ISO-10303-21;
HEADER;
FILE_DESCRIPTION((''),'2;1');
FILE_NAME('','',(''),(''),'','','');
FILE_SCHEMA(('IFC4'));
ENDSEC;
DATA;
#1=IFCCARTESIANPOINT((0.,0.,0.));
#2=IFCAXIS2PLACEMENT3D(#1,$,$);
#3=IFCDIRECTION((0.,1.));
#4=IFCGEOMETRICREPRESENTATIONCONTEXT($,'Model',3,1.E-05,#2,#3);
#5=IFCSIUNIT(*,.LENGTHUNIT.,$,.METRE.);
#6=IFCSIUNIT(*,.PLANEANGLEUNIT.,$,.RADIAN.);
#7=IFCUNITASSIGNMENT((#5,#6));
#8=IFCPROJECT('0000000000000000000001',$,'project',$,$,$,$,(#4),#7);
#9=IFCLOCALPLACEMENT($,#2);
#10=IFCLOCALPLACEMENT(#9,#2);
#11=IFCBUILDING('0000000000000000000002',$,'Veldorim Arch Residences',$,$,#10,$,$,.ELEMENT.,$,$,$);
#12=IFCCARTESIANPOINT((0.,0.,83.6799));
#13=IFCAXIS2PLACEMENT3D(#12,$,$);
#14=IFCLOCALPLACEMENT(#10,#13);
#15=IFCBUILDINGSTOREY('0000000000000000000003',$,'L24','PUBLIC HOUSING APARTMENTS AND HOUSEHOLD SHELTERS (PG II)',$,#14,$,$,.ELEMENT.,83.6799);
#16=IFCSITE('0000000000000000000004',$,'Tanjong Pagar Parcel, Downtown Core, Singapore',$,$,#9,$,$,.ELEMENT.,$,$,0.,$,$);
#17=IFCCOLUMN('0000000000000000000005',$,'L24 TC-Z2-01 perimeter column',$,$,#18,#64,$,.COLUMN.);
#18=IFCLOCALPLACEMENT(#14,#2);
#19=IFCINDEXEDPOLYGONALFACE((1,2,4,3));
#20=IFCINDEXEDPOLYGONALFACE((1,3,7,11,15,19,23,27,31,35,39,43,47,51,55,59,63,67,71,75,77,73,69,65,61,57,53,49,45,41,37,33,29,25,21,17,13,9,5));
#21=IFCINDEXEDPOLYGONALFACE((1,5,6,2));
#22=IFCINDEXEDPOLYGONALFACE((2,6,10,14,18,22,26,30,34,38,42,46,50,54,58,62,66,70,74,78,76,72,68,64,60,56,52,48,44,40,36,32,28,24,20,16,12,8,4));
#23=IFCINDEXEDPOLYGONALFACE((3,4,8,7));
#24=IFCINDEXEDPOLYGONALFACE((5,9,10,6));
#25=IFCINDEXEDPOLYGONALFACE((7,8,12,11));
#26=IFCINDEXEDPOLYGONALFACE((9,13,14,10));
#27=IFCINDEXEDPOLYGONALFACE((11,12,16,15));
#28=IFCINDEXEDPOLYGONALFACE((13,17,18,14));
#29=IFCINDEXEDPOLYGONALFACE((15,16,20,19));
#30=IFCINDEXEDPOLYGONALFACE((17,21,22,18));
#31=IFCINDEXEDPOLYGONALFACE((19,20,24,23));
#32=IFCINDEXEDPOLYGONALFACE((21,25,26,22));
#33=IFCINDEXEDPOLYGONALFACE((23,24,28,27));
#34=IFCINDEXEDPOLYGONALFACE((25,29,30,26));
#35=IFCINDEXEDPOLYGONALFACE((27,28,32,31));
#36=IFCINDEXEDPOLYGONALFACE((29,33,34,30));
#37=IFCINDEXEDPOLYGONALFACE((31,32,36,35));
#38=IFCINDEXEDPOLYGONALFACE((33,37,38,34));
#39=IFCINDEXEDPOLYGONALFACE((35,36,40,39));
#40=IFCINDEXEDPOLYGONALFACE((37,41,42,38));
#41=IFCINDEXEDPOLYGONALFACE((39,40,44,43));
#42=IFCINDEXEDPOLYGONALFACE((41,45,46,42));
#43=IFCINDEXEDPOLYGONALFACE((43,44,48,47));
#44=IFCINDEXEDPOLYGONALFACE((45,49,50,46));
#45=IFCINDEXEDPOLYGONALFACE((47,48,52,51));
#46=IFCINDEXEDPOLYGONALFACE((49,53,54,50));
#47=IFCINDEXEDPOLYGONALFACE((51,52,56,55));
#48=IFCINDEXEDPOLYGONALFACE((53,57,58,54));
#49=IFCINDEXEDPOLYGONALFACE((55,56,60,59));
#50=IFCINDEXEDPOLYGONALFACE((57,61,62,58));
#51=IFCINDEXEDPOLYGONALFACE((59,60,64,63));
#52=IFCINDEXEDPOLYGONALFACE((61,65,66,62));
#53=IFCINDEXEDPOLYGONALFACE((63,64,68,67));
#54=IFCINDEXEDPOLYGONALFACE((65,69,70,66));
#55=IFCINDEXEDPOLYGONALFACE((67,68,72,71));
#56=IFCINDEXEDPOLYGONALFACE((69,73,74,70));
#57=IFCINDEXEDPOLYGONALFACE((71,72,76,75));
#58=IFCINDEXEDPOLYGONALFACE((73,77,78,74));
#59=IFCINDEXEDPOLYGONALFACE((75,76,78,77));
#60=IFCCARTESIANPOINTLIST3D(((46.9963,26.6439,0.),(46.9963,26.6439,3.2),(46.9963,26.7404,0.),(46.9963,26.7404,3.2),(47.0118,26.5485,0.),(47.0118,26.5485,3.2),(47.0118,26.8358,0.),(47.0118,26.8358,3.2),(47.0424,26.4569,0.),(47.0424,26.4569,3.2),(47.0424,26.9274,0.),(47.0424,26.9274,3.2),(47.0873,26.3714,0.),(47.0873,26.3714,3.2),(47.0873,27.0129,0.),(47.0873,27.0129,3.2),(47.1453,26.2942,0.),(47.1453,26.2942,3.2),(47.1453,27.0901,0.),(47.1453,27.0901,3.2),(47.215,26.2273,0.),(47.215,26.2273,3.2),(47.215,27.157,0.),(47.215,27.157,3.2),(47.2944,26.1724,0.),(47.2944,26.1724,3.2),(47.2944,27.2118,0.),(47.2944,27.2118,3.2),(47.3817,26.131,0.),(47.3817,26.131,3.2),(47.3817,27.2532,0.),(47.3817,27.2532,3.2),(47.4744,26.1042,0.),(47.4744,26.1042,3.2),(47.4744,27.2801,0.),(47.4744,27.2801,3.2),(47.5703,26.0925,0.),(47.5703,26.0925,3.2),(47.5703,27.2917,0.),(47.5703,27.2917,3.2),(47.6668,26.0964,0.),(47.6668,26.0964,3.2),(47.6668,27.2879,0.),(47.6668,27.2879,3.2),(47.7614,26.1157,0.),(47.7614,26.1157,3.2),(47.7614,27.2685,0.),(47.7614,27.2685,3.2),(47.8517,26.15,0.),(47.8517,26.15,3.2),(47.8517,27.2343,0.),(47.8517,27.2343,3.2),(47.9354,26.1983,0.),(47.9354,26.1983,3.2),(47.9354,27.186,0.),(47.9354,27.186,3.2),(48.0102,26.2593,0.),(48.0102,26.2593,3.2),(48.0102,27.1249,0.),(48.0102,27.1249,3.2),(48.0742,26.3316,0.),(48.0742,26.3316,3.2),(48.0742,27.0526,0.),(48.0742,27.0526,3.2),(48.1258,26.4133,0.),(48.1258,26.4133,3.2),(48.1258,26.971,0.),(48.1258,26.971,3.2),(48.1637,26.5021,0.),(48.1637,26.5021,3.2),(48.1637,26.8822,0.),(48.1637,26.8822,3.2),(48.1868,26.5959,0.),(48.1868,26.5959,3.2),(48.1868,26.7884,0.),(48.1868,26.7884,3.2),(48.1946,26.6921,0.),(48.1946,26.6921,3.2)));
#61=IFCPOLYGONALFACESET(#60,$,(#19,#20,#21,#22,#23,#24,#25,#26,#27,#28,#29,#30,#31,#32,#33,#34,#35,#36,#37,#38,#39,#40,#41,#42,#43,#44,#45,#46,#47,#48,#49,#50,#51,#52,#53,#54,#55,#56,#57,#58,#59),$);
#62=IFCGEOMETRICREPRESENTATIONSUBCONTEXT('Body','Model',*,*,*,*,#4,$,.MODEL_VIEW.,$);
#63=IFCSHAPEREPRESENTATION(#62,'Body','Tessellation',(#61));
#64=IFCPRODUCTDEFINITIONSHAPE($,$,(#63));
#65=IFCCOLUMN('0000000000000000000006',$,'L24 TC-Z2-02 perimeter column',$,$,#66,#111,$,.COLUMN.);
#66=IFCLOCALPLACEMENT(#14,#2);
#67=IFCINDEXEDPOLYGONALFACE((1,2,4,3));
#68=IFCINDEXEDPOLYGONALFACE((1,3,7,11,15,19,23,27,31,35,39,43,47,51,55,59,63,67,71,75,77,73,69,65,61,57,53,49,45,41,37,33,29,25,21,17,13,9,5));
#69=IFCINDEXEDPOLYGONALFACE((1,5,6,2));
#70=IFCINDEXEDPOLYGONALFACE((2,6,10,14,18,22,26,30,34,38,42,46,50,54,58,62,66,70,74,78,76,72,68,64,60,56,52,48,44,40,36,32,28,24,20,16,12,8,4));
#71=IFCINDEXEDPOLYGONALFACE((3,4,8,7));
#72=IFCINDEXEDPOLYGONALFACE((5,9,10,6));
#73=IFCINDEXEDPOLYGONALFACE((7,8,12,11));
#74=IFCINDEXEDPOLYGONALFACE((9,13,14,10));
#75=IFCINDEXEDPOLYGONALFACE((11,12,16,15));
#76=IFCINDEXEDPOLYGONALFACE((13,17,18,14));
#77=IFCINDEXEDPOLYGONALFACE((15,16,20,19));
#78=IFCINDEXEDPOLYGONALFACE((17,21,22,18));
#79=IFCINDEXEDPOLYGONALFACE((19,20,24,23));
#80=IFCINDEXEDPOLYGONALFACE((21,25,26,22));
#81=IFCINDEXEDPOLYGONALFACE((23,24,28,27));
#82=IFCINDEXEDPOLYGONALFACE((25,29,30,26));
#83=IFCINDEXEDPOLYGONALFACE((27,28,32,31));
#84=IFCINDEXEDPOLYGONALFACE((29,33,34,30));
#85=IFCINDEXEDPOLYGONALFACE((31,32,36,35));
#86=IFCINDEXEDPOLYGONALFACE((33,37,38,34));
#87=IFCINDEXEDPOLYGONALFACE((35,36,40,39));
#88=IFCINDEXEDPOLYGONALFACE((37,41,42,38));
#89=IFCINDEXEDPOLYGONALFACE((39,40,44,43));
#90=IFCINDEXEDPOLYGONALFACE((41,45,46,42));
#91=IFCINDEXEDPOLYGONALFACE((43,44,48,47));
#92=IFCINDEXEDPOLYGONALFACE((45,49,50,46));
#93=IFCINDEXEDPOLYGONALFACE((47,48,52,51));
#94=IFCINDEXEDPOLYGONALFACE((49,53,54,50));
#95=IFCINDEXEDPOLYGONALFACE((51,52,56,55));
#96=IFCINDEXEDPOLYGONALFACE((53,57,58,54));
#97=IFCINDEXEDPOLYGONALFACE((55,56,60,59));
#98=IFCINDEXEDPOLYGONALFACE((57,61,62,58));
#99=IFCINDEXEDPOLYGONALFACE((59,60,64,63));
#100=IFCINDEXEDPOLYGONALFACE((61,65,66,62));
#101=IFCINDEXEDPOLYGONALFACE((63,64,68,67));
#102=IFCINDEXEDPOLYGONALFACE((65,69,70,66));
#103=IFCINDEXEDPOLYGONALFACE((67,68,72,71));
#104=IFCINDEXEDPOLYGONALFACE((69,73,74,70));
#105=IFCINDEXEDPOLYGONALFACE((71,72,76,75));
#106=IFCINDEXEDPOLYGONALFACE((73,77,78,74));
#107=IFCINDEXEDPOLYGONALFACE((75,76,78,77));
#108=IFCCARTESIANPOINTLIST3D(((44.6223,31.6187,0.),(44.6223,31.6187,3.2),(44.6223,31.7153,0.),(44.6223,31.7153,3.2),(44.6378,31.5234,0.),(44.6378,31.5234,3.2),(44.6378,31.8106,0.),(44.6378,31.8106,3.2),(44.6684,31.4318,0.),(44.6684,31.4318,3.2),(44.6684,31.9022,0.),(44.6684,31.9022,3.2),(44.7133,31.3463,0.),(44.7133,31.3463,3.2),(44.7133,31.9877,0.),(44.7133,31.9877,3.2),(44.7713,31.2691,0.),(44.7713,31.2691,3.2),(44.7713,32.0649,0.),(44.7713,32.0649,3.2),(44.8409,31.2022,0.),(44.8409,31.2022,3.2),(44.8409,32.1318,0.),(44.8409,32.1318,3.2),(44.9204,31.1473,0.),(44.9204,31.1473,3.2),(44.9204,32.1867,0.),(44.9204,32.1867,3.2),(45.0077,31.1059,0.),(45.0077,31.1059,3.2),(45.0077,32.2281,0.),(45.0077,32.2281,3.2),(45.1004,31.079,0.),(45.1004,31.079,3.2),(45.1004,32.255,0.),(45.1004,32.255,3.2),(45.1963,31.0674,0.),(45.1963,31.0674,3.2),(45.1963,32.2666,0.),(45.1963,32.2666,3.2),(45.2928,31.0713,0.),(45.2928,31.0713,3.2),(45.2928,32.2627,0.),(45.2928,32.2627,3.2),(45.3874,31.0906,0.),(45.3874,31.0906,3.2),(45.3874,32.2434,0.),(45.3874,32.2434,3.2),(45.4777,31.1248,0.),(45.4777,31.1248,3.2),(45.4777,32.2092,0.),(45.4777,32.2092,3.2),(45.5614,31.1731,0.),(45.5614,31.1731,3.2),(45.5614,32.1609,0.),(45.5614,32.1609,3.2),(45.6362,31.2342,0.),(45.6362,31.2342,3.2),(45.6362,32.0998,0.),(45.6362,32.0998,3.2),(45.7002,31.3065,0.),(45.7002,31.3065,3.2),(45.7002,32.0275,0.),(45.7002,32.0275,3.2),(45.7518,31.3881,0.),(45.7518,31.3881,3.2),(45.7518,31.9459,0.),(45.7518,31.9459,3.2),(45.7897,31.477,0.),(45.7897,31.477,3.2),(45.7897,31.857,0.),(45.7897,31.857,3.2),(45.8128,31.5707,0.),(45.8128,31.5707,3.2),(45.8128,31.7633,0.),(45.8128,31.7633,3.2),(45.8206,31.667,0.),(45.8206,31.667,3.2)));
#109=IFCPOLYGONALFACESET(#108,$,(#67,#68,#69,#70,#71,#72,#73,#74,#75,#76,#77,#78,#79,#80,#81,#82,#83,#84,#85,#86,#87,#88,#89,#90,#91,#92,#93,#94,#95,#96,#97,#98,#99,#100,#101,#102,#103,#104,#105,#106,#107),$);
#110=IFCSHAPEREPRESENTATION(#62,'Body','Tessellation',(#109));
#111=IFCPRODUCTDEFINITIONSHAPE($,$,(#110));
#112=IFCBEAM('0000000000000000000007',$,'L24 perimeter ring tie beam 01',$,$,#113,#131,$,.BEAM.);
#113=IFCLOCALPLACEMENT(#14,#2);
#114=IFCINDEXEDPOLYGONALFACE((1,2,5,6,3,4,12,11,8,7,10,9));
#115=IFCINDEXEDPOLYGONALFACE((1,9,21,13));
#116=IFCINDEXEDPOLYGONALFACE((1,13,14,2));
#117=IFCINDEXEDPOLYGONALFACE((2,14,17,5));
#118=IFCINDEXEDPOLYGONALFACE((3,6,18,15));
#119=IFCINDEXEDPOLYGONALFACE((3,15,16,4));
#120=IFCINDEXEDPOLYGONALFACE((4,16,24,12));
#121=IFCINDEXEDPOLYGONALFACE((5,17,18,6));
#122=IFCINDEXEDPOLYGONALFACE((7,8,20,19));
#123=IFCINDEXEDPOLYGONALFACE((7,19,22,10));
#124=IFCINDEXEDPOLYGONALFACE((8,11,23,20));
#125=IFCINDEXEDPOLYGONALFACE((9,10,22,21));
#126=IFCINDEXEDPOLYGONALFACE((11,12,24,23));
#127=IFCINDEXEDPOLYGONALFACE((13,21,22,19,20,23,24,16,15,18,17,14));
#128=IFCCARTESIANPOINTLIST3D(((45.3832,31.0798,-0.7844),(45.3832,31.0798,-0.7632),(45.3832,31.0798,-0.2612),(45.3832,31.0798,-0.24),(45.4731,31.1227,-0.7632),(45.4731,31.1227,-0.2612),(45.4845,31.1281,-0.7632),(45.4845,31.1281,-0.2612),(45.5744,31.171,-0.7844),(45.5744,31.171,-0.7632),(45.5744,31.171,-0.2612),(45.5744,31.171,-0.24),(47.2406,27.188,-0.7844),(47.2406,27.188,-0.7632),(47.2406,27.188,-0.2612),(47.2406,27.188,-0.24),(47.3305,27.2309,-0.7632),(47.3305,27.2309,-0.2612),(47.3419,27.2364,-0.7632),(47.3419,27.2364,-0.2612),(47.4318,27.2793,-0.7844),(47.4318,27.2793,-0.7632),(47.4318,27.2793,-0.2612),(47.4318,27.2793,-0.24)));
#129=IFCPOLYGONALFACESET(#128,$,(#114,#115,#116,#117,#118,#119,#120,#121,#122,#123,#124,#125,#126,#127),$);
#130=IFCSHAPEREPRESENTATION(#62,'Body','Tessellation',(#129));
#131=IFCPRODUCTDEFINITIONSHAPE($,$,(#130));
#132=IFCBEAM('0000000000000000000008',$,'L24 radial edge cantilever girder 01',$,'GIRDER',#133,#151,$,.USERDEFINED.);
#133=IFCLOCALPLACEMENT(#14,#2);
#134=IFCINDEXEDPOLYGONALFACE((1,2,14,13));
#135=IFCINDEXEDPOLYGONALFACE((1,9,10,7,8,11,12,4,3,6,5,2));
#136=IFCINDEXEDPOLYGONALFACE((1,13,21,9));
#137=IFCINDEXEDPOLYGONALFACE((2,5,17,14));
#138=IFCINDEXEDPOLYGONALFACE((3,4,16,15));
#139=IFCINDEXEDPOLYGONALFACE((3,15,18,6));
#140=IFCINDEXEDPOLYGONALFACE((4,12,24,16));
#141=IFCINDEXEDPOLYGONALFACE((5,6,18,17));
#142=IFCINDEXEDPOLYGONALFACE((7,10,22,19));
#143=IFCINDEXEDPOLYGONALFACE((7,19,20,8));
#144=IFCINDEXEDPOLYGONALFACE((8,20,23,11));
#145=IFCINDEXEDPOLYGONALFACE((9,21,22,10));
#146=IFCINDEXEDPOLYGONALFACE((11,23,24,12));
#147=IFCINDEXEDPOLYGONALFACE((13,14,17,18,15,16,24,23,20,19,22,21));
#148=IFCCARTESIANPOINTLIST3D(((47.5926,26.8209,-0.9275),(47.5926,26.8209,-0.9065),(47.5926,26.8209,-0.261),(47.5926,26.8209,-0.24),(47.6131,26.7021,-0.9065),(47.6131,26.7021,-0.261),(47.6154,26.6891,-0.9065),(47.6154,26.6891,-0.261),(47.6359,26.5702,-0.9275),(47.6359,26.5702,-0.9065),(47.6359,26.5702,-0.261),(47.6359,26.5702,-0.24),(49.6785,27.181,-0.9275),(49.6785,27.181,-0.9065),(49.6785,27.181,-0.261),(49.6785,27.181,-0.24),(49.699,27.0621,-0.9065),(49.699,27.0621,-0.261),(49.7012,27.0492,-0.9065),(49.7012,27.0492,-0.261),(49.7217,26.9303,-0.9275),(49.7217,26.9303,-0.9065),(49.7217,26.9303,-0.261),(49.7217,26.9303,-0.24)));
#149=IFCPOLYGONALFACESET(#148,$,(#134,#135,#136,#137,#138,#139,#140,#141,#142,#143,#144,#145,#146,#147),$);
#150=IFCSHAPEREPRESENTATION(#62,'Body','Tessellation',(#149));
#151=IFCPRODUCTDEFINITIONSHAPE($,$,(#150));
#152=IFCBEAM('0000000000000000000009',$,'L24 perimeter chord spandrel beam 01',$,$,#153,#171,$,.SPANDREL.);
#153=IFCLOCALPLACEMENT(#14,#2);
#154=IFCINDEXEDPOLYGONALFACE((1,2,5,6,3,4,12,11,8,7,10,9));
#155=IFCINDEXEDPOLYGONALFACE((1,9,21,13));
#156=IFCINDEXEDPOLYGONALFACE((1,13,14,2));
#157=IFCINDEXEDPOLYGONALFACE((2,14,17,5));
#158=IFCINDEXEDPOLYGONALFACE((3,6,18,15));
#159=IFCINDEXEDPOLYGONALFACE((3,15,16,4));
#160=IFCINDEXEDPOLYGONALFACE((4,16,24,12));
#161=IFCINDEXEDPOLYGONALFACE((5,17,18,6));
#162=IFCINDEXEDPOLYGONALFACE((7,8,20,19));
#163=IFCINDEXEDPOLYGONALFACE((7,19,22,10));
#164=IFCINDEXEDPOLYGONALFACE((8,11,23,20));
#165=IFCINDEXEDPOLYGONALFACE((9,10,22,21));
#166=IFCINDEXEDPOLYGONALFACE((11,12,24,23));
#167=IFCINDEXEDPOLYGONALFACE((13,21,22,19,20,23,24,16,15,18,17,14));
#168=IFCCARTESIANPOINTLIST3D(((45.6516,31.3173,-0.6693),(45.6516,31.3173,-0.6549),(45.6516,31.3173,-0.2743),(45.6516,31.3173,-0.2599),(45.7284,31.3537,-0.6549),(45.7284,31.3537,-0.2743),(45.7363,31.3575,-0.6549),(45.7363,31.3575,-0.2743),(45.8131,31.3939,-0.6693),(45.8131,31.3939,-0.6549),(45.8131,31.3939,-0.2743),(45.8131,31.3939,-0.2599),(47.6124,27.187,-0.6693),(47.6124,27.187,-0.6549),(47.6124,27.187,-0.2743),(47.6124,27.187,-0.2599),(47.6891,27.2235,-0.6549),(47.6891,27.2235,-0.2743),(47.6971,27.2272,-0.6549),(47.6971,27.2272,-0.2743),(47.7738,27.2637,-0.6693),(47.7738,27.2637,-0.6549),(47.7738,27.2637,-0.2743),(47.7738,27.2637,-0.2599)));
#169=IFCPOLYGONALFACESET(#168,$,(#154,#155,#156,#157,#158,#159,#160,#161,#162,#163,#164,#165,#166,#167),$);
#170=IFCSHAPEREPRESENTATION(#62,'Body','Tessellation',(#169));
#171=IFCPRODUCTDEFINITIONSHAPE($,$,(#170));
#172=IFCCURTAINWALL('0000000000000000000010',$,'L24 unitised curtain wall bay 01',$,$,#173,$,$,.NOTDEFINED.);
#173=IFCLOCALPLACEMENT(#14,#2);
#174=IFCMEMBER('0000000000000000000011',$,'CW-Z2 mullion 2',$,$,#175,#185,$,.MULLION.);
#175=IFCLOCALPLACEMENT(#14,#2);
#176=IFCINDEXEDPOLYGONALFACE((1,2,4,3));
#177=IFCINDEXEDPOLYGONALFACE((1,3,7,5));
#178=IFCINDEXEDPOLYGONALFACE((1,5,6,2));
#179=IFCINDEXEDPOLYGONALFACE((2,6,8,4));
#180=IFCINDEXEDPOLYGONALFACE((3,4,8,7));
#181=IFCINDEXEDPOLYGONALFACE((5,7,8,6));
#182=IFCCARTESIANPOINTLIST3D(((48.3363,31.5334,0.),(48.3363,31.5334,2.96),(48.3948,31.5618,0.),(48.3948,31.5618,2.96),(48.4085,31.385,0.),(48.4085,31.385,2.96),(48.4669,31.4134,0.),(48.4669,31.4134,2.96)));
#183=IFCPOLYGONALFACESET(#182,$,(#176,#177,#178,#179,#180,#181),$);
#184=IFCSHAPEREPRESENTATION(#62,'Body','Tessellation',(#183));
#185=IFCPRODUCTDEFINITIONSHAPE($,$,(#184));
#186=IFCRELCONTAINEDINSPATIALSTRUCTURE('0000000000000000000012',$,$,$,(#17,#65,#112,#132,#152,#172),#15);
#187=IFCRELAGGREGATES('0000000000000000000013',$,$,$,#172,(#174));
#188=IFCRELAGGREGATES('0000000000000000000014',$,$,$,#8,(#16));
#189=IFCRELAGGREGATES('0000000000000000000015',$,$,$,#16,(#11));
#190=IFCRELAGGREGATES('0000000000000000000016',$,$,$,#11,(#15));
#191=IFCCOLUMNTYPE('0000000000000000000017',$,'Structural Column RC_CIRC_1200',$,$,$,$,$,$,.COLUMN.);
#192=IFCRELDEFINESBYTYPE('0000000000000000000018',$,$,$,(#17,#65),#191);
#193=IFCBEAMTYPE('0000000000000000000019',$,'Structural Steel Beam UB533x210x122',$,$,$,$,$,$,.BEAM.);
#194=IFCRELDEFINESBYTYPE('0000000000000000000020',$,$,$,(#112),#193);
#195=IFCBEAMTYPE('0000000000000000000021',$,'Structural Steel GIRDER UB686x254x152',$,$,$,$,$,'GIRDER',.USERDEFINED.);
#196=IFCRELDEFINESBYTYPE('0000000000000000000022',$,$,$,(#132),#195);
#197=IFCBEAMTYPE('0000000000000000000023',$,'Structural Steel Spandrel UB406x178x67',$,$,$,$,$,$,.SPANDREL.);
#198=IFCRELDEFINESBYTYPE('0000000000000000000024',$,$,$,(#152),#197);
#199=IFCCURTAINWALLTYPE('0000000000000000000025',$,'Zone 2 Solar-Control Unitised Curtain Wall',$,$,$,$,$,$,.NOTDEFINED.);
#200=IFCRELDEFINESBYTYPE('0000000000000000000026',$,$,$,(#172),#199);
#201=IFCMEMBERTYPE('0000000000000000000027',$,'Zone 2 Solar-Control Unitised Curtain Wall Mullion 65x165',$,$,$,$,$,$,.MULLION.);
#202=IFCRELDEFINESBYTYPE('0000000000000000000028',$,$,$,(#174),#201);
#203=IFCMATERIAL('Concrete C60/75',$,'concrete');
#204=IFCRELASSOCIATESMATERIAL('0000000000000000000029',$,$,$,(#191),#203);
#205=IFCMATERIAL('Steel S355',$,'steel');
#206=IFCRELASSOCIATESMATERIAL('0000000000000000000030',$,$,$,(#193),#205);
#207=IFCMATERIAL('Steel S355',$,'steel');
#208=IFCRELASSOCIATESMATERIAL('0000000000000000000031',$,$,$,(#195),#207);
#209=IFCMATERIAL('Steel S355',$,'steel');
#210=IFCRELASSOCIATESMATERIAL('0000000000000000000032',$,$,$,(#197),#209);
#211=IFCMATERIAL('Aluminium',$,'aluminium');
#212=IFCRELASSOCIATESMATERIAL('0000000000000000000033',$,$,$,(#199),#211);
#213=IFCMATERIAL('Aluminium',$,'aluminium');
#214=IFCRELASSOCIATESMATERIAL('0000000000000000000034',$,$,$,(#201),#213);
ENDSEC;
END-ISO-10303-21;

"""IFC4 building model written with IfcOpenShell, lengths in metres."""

from ifc_helpers import new_model, si_unit, direction, frame, origin, origin_2d, place, context, subcontext, project, spatial, rectangle, circle, i_section, extrude, material, material_profile, profile_set, type_object, element, aggregate, save


model = new_model("IFC4")

# Units and contexts
model_context = context("Model", 3, precision=1e-05, world=origin(), true_north=direction((0.0, 1.0)))
body_context = subcontext(model_context, "Body", "Model", "MODEL_VIEW")
ifc_project = project(units=[si_unit("LENGTHUNIT", "METRE"), si_unit("PLANEANGLEUNIT", "RADIAN")], contexts=[model_context])

# Site, building, storey
site_placement = place(None, origin())
site = spatial("IfcSite", under=ifc_project, at=site_placement, Name="Tanjong Pagar Parcel, Downtown Core, Singapore", CompositionType="ELEMENT", RefElevation=0.0)
building_placement = place(site_placement, origin())
building = spatial("IfcBuilding", under=site, at=building_placement, Name="Veldorim Arch Residences", CompositionType="ELEMENT")
storey_placement = place(building_placement, frame((0.0, 0.0, 83.6799)))
storey = spatial("IfcBuildingStorey", under=building, at=storey_placement, Name="L24", Description="PUBLIC HOUSING APARTMENTS AND HOUSEHOLD SHELTERS (PG II)", CompositionType="ELEMENT", Elevation=83.6799)

# Columns
ifc_material_1 = material(Name="Concrete C60/75", Category="concrete")
ifc_material_profile_1 = material_profile(ifc_material_1, circle(Radius=0.6001, at=origin_2d()), Name="RC_CIRC_1200")
ifc_profile_set_1 = profile_set([ifc_material_profile_1], Name="Concrete C60/75")
column_type = type_object("IfcColumnType", Name="Structural Column RC_CIRC_1200", PredefinedType="COLUMN", material=ifc_profile_set_1)
for number, where, z_axis, x_axis, name in (
    (1, (47.5945, 26.6921, 0.0), (0.0, 0.0, 1.0), (1.0, 0.0, 0.0), "L24 TC-Z2-01 perimeter column"),
    (2, (45.2205, 31.667, 0.0), (0.0, 0.0, 1.0), (1.0, 0.0, 0.0), "L24 TC-Z2-02 perimeter column"),
):
    element("IfcColumn", number, at=place(storey_placement, frame(where, z_axis=z_axis, x_axis=x_axis)), inside=storey, type_object=column_type, Name=name, PredefinedType="COLUMN", context=body_context, shape_type="SweptSolid", body=[
        extrude(circle(Radius=0.6001, at=origin_2d()), origin(), (0.0, 0.0, 1.0), 3.2),
    ])

# Beams
ifc_material_2 = material(Name="Steel S355", Category="steel")
ifc_material_profile_2 = material_profile(ifc_material_2, i_section(OverallWidth=0.2119, OverallDepth=0.5444, WebThickness=0.0127, FlangeThickness=0.0212, at=origin_2d()), Name="UB533x210x122")
ifc_profile_set_2 = profile_set([ifc_material_profile_2], Name="Steel S355")
beam_type_1 = type_object("IfcBeamType", Name="Structural Steel Beam UB533x210x122", PredefinedType="BEAM", material=ifc_profile_set_2)
beam_1_placement = place(storey_placement, frame((47.3362, 27.2336, -0.5122), z_axis=(-0.43072, 0.902486, 0.0), x_axis=(-0.902486, -0.43072, 0.0)))
element("IfcBeam", 3, at=beam_1_placement, inside=storey, type_object=beam_type_1, Name="L24 perimeter ring tie beam 01", PredefinedType="BEAM", context=body_context, shape_type="SweptSolid", body=[
    extrude(i_section(OverallWidth=0.2119, OverallDepth=0.5444, WebThickness=0.0127, FlangeThickness=0.0212, at=origin_2d()), origin(), (0.0, 0.0, 1.0), 4.3123),
])
ifc_material_3 = material(Name="Steel S355", Category="steel")
ifc_material_profile_3 = material_profile(ifc_material_3, i_section(OverallWidth=0.2544, OverallDepth=0.6875, WebThickness=0.0132, FlangeThickness=0.021, at=origin_2d()), Name="UB686x254x152")
ifc_profile_set_3 = profile_set([ifc_material_profile_3], Name="Steel S355")
beam_type_2 = type_object("IfcBeamType", Name="Structural Steel GIRDER UB686x254x152", ElementType="GIRDER", PredefinedType="USERDEFINED", material=ifc_profile_set_3)
beam_2_placement = place(storey_placement, frame((47.6143, 26.6956, -0.5837), z_axis=(0.985423, 0.170119, 0.0), x_axis=(-0.170119, 0.985423, 0.0)))
element("IfcBeam", 4, at=beam_2_placement, inside=storey, type_object=beam_type_2, Name="L24 radial edge cantilever girder 01", ObjectType="GIRDER", PredefinedType="USERDEFINED", context=body_context, shape_type="SweptSolid", body=[
    extrude(i_section(OverallWidth=0.2544, OverallDepth=0.6875, WebThickness=0.0132, FlangeThickness=0.021, at=origin_2d()), origin(), (0.0, 0.0, 1.0), 2.1167),
])
ifc_material_4 = material(Name="Steel S355", Category="steel")
ifc_material_profile_4 = material_profile(ifc_material_4, i_section(OverallWidth=0.1787, OverallDepth=0.4094, WebThickness=0.0088, FlangeThickness=0.0144, at=origin_2d()), Name="UB406x178x67")
ifc_profile_set_4 = profile_set([ifc_material_profile_4], Name="Steel S355")
beam_type_3 = type_object("IfcBeamType", Name="Structural Steel Spandrel UB406x178x67", PredefinedType="SPANDREL", material=ifc_profile_set_4)
beam_3_placement = place(storey_placement, frame((47.6931, 27.2253, -0.4646), z_axis=(-0.428857, 0.903372, 0.0), x_axis=(-0.903372, -0.428857, 0.0)))
element("IfcBeam", 5, at=beam_3_placement, inside=storey, type_object=beam_type_3, Name="L24 perimeter chord spandrel beam 01", PredefinedType="SPANDREL", context=body_context, shape_type="SweptSolid", body=[
    extrude(i_section(OverallWidth=0.1787, OverallDepth=0.4094, WebThickness=0.0088, FlangeThickness=0.0144, at=origin_2d()), origin(), (0.0, 0.0, 1.0), 4.572),
])

# Curtain wall, member
ifc_material_5 = material(Name="Aluminium", Category="aluminium")
curtain_wall_type = type_object("IfcCurtainWallType", Name="Zone 2 Solar-Control Unitised Curtain Wall", PredefinedType="NOTDEFINED", material=ifc_material_5)
curtain_wall_1_placement = place(storey_placement, origin())
curtain_wall_1 = element("IfcCurtainWall", 6, at=curtain_wall_1_placement, inside=storey, type_object=curtain_wall_type, Name="L24 unitised curtain wall bay 01", PredefinedType="NOTDEFINED")
ifc_material_6 = material(Name="Aluminium", Category="aluminium")
ifc_material_profile_5 = material_profile(ifc_material_6, rectangle(XDim=0.0649, YDim=0.165, at=origin_2d()), Name="ALU_MUL_65x165")
ifc_profile_set_5 = profile_set([ifc_material_profile_5], Name="Aluminium")
member_type_1 = type_object("IfcMemberType", Name="Zone 2 Solar-Control Unitised Curtain Wall Mullion 65x165", PredefinedType="MULLION", material=ifc_profile_set_5)
member_1_placement = place(storey_placement, frame((48.4016, 31.4734, 0.0), z_axis=(0.0, 0.0, 1.0), x_axis=(0.899439, 0.437046, 0.0)))
member_1 = element("IfcMember", 7, at=member_1_placement, type_object=member_type_1, Name="CW-Z2 mullion 2", PredefinedType="MULLION", context=body_context, shape_type="SweptSolid", body=[
    extrude(rectangle(XDim=0.0649, YDim=0.165, at=origin_2d()), origin(), (0.0, 0.0, 1.0), 2.96),
])

aggregate(curtain_wall_1, [member_1])

save(model, "model.ifc")
